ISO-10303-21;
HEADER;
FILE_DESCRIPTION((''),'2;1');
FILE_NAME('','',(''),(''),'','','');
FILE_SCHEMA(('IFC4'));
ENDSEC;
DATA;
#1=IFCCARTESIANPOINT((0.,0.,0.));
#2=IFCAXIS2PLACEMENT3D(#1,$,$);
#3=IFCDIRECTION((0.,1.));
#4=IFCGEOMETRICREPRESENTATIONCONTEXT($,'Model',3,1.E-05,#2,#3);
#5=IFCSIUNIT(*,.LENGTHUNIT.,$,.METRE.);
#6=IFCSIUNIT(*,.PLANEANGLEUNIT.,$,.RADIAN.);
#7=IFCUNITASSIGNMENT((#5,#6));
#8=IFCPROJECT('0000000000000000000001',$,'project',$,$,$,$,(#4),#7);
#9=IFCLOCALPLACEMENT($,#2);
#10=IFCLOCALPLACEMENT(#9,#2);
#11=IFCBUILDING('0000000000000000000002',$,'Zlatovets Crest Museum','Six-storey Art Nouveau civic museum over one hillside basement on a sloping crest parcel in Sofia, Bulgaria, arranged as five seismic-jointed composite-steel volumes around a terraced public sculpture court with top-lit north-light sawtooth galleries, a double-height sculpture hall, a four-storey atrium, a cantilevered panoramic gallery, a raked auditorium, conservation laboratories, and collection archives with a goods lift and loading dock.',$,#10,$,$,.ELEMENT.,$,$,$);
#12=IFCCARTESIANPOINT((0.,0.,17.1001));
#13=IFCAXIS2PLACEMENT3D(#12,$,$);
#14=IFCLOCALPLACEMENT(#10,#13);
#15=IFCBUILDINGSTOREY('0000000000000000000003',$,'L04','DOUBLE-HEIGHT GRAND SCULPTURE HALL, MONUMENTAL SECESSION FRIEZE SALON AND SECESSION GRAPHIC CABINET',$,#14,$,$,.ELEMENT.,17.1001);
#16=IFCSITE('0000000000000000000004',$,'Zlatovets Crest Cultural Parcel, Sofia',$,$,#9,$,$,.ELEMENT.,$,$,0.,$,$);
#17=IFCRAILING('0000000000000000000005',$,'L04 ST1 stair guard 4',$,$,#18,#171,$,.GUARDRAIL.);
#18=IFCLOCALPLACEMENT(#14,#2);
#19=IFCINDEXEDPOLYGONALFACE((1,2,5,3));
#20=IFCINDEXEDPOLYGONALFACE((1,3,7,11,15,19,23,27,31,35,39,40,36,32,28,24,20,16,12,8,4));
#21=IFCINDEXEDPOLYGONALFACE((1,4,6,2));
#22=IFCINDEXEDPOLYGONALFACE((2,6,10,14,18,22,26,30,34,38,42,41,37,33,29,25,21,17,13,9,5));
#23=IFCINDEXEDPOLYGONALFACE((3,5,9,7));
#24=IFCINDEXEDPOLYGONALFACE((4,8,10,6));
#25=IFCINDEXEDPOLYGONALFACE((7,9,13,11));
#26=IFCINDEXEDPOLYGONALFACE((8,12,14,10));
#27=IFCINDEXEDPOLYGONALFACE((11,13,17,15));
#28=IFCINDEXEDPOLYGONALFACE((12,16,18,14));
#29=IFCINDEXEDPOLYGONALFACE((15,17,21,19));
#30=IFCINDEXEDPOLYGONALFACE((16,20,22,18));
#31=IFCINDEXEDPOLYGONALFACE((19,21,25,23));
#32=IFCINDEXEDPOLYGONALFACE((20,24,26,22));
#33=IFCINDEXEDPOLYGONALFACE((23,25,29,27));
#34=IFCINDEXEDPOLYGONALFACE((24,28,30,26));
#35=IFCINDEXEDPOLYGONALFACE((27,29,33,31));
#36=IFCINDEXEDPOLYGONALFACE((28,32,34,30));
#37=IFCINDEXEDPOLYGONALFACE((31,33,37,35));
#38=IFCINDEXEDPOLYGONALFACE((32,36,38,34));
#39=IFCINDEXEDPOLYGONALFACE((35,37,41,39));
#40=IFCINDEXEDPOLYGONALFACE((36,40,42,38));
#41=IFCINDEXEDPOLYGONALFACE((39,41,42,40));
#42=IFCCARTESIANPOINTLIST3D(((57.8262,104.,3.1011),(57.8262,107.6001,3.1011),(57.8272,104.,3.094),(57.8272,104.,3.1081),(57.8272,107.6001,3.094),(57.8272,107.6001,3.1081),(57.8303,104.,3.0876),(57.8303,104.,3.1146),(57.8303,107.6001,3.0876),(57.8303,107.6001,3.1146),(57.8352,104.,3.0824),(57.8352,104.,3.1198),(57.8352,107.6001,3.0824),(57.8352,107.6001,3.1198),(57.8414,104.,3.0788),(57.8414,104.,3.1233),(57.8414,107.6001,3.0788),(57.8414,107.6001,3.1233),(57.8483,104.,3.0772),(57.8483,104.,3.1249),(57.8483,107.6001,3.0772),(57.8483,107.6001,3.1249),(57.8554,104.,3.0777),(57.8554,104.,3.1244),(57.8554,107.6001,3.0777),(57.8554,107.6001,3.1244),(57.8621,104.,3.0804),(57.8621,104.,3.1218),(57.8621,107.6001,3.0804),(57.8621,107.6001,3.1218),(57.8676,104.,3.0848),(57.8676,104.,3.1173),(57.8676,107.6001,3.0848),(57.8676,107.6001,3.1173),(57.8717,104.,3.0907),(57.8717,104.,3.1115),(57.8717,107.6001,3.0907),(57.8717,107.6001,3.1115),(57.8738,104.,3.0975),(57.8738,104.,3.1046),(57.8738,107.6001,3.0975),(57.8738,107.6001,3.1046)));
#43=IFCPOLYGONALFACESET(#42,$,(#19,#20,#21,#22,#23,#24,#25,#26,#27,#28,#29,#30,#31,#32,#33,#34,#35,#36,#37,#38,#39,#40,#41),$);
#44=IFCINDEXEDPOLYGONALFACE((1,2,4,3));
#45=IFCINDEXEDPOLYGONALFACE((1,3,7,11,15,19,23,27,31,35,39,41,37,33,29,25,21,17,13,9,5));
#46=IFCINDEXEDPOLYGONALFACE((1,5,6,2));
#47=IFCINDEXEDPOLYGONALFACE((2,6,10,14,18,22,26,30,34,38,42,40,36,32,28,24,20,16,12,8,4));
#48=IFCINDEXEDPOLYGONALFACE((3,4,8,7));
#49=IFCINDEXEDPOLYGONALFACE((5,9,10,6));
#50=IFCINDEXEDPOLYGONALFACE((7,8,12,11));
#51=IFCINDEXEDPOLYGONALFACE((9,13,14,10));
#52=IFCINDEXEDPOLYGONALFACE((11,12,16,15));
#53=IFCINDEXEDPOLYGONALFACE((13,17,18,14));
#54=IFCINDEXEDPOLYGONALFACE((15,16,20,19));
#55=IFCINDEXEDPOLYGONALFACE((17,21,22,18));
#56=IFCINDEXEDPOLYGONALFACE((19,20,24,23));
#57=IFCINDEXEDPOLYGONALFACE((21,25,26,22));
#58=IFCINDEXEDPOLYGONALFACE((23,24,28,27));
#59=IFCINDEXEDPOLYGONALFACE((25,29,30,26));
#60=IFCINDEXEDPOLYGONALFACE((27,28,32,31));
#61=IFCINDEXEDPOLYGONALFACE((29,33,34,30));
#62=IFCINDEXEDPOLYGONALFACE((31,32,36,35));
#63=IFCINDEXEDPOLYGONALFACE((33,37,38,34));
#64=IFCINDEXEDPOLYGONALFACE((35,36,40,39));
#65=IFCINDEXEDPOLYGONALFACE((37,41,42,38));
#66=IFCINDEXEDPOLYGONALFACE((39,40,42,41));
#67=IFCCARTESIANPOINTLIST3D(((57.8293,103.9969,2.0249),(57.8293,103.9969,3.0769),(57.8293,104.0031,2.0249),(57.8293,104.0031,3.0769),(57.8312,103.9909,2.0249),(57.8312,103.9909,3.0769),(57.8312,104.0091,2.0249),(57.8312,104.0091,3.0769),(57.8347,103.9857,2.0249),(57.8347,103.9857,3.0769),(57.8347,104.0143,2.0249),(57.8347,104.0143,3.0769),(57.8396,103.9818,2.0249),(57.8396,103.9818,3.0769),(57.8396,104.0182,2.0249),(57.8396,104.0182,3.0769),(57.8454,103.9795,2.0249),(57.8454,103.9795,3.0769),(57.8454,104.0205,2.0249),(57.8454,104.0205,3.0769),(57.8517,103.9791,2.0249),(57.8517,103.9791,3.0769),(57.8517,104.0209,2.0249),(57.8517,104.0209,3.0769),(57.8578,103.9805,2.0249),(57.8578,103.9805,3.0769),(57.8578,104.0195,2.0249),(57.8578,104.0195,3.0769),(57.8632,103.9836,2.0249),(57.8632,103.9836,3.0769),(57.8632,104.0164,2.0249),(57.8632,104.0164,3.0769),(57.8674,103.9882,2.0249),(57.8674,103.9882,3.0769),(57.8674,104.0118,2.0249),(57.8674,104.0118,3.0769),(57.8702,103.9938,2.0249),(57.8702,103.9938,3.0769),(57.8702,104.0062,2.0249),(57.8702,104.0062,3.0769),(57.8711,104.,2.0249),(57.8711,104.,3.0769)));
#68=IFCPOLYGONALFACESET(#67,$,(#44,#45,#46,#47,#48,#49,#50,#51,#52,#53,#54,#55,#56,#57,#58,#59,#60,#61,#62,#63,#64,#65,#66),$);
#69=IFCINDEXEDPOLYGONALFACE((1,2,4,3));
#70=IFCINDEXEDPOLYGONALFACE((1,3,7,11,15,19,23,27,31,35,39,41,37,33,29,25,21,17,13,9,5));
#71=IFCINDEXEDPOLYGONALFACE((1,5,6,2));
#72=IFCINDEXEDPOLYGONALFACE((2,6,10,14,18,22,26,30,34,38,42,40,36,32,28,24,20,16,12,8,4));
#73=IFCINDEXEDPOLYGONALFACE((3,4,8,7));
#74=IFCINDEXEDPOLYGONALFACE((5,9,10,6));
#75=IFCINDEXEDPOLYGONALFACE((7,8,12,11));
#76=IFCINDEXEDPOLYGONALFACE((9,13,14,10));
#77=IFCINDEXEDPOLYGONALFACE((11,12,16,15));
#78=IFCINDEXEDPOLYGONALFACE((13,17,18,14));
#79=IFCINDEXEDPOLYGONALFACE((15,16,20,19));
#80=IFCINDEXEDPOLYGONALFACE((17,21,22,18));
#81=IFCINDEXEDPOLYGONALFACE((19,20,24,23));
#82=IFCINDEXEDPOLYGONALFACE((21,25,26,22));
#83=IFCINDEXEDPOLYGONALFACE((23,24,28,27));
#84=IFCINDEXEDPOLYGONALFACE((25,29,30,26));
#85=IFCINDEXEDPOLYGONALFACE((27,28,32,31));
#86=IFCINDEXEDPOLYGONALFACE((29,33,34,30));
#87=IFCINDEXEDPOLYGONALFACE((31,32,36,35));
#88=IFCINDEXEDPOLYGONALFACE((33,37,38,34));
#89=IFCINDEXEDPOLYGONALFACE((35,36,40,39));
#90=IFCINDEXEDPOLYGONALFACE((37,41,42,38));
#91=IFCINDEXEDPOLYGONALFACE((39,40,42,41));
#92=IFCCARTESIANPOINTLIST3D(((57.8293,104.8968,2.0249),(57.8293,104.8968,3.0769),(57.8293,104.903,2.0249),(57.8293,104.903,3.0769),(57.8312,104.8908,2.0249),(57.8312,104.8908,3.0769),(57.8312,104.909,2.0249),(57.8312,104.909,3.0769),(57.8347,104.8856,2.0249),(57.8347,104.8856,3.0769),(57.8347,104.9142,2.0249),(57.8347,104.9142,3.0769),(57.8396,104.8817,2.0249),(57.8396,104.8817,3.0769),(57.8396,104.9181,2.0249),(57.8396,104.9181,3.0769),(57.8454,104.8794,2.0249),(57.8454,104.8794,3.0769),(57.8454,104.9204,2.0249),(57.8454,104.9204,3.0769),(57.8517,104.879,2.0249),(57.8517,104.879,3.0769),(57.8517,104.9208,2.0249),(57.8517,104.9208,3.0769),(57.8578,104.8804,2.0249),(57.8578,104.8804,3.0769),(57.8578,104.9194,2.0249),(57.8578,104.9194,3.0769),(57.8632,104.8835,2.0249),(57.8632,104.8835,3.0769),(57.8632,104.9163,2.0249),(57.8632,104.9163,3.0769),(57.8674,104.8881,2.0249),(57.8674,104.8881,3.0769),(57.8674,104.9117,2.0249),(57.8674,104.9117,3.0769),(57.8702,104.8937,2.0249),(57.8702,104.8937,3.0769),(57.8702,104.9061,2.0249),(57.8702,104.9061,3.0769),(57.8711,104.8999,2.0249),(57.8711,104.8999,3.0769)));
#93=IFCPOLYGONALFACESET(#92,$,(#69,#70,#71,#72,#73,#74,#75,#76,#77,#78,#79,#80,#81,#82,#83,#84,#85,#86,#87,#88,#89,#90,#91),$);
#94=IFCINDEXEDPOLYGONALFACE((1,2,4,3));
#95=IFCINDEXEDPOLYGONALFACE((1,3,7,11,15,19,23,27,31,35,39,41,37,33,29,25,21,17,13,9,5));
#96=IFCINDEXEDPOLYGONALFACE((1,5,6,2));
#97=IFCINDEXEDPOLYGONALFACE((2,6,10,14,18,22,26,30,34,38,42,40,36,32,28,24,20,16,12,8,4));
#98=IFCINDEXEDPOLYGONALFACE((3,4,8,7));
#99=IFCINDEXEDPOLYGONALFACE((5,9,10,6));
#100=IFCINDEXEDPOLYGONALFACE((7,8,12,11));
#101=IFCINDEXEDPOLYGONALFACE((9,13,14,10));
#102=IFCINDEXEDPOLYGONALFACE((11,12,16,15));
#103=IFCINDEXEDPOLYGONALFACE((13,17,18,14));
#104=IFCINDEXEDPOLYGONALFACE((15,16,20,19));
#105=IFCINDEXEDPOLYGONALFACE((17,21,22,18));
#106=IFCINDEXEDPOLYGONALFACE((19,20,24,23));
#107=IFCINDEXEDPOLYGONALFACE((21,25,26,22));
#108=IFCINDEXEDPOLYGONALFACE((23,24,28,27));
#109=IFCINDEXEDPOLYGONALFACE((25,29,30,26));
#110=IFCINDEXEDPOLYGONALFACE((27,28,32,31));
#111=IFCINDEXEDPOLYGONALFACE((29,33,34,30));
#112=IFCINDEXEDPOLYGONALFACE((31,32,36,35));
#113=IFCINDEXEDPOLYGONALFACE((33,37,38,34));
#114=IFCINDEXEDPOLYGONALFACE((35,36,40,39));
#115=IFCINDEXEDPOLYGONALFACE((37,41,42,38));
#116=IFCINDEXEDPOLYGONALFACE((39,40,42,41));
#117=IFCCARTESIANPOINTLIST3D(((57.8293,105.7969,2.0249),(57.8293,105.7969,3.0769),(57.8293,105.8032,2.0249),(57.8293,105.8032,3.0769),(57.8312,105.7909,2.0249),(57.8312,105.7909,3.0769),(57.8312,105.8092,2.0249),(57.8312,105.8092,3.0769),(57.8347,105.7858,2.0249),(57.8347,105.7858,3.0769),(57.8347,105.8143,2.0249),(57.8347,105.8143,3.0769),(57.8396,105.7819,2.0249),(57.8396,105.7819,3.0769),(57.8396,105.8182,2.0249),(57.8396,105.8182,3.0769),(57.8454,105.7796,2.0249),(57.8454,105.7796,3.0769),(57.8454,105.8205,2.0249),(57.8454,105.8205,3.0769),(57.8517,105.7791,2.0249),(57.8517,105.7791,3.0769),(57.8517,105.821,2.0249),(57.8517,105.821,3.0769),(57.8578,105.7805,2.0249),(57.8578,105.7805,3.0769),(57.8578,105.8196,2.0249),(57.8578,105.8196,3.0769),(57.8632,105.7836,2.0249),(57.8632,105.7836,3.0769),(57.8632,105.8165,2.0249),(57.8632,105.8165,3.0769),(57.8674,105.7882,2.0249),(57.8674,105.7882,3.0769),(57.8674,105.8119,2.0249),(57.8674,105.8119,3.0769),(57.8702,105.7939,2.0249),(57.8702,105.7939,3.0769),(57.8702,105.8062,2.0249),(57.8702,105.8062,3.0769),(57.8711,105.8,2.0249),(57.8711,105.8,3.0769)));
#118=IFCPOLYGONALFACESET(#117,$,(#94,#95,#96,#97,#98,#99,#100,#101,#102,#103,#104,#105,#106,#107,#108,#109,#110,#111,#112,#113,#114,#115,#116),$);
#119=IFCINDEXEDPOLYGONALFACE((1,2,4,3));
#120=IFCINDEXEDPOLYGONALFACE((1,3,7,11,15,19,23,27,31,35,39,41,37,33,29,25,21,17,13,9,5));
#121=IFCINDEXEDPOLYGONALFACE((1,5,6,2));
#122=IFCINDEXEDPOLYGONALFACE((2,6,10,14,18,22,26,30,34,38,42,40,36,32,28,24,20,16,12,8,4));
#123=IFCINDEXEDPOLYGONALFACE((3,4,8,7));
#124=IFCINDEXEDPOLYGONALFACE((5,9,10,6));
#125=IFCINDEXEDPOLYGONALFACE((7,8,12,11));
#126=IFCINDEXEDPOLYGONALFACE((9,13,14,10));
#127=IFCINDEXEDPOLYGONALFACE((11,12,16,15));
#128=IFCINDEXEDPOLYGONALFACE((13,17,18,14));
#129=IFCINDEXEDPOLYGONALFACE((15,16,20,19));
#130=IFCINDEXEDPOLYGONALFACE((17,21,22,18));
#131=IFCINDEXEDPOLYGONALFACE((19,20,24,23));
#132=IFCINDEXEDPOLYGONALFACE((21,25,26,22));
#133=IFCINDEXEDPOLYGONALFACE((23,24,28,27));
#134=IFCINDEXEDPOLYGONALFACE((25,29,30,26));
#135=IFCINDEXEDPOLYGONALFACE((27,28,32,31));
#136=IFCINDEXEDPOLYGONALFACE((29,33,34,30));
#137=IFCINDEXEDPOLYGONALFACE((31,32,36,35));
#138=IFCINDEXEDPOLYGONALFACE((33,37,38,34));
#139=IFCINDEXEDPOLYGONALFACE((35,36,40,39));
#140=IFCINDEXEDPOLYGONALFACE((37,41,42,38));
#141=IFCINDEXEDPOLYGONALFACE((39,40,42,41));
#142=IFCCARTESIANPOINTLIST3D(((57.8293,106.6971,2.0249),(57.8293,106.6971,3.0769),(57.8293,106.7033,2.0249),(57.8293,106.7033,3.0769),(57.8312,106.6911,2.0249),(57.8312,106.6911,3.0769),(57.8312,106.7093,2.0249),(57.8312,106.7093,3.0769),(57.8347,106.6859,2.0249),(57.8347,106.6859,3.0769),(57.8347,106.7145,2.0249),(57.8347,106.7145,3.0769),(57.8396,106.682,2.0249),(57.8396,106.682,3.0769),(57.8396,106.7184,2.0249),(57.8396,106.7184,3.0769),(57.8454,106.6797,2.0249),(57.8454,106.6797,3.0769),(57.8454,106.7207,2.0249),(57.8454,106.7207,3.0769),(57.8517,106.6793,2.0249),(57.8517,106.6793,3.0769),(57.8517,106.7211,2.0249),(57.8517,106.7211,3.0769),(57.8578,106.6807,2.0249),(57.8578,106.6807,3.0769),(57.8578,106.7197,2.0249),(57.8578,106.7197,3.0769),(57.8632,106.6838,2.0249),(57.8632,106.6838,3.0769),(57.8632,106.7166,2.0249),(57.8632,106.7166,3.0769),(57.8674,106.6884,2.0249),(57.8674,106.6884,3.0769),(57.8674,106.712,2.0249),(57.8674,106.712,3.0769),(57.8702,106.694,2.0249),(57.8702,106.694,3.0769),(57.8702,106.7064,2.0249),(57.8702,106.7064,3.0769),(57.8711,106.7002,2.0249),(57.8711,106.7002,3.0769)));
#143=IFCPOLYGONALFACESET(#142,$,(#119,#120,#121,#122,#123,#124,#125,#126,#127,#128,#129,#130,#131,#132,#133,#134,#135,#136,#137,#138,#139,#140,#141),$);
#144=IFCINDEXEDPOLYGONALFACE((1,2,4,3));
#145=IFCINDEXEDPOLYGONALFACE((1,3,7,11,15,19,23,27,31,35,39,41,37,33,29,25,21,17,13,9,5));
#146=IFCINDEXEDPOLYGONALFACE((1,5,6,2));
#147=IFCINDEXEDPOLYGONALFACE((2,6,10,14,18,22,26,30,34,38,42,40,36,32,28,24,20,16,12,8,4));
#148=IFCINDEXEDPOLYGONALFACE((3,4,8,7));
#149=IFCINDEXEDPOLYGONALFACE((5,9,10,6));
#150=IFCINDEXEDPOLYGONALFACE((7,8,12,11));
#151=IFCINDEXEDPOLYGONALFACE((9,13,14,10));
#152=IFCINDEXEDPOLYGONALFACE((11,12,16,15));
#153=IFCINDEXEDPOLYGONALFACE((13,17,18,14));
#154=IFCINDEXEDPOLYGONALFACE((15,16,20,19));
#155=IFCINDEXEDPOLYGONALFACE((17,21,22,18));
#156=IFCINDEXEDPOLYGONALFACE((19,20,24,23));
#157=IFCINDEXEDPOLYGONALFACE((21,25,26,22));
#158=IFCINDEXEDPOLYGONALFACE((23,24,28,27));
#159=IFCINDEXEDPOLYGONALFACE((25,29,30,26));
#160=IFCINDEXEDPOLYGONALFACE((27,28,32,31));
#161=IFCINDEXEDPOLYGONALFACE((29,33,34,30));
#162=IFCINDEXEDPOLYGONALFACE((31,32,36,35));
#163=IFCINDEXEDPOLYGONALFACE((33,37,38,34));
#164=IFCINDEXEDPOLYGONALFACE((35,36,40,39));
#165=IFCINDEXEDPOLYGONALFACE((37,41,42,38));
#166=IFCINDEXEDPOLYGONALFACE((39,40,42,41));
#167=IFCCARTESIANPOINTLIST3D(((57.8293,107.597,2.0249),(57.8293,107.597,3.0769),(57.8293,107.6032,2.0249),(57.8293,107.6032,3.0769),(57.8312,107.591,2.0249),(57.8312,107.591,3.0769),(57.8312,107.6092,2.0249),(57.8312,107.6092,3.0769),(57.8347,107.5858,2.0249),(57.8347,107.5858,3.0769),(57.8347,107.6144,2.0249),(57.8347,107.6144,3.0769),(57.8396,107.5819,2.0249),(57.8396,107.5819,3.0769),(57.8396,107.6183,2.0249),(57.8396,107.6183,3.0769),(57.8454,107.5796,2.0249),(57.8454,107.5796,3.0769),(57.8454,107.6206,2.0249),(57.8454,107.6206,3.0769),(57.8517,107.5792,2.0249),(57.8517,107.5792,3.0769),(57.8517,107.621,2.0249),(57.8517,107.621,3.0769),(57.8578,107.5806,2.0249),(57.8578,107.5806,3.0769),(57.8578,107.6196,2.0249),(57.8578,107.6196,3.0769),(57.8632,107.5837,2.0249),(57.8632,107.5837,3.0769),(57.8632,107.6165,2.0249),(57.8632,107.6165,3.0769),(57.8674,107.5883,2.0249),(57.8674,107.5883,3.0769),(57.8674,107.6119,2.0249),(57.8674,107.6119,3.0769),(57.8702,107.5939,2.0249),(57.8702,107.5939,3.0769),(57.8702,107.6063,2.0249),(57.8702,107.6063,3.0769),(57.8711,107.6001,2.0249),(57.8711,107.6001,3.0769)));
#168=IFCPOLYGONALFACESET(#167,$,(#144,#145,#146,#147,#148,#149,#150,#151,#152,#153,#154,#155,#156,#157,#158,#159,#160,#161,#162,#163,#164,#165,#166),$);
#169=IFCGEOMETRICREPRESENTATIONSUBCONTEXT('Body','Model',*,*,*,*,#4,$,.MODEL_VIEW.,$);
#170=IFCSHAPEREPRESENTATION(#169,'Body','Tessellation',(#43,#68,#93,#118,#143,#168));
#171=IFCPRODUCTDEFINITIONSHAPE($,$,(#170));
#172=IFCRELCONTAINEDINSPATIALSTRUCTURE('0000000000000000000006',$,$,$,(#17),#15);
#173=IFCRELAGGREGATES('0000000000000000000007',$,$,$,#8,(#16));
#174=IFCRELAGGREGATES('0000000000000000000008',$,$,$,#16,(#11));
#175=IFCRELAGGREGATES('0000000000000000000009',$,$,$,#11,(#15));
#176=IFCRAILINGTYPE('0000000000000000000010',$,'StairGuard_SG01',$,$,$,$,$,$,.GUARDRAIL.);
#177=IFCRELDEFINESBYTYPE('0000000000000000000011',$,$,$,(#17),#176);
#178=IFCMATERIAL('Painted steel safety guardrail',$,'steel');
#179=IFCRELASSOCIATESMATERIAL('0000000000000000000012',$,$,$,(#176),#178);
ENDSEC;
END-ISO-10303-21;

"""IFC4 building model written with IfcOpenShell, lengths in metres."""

from ifc_helpers import new_model, si_unit, direction, frame, origin, origin_2d, place, context, subcontext, project, spatial, circle, extrude, material, type_object, element, save


model = new_model("IFC4")

# Units and contexts
model_context = context("Model", 3, precision=1e-05, world=origin(), true_north=direction((0.0, 1.0)))
body_context = subcontext(model_context, "Body", "Model", "MODEL_VIEW")
ifc_project = project(units=[si_unit("LENGTHUNIT", "METRE"), si_unit("PLANEANGLEUNIT", "RADIAN")], contexts=[model_context])

# Site, building, storey
site_placement = place(None, origin())
site = spatial("IfcSite", under=ifc_project, at=site_placement, Name="Zlatovets Crest Cultural Parcel, Sofia", CompositionType="ELEMENT", RefElevation=0.0)
building_placement = place(site_placement, origin())
building = spatial("IfcBuilding", under=site, at=building_placement, Name="Zlatovets Crest Museum", Description="Six-storey Art Nouveau civic museum over one hillside basement on a sloping crest parcel in Sofia, Bulgaria, arranged as five seismic-jointed composite-steel volumes around a terraced public sculpture court with top-lit north-light sawtooth galleries, a double-height sculpture hall, a four-storey atrium, a cantilevered panoramic gallery, a raked auditorium, conservation laboratories, and collection archives with a goods lift and loading dock.", CompositionType="ELEMENT")
storey_placement = place(building_placement, frame((0.0, 0.0, 17.1001)))
storey = spatial("IfcBuildingStorey", under=building, at=storey_placement, Name="L04", Description="DOUBLE-HEIGHT GRAND SCULPTURE HALL, MONUMENTAL SECESSION FRIEZE SALON AND SECESSION GRAPHIC CABINET", CompositionType="ELEMENT", Elevation=17.1001)

# Railing
ifc_material_1 = material(Name="Painted steel safety guardrail", Category="steel")
railing_type_1 = type_object("IfcRailingType", Name="StairGuard_SG01", PredefinedType="GUARDRAIL", material=ifc_material_1)
for number, where, name in (
    (1, (57.8501, 104.0, 2.0249), "L04 ST1 stair guard 4"),
):
    element("IfcRailing", number, at=place(storey_placement, frame(where)), inside=storey, type_object=railing_type_1, Name=name, PredefinedType="GUARDRAIL", context=body_context, shape_type="SweptSolid", body=[
        extrude(circle(Radius=0.0239, at=origin_2d()), frame((0.0, 0.0, 1.0762), z_axis=(0.0, 1.0, 0.0), x_axis=(-1.0, 0.0, 0.0)), (0.0, 0.0, 1.0), 3.6001),
        extrude(circle(Radius=0.021, at=origin_2d()), origin(), (0.0, 0.0, 1.0), 1.052),
        extrude(circle(Radius=0.021, at=origin_2d()), frame((0.0, 0.8999, 0.0)), (0.0, 0.0, 1.0), 1.052),
        extrude(circle(Radius=0.021, at=origin_2d()), frame((0.0, 1.8, 0.0)), (0.0, 0.0, 1.0), 1.052),
        extrude(circle(Radius=0.021, at=origin_2d()), frame((0.0, 2.7002, 0.0)), (0.0, 0.0, 1.0), 1.052),
        extrude(circle(Radius=0.021, at=origin_2d()), frame((0.0, 3.6001, 0.0)), (0.0, 0.0, 1.0), 1.052),
    ])

save(model, "model.ifc")
